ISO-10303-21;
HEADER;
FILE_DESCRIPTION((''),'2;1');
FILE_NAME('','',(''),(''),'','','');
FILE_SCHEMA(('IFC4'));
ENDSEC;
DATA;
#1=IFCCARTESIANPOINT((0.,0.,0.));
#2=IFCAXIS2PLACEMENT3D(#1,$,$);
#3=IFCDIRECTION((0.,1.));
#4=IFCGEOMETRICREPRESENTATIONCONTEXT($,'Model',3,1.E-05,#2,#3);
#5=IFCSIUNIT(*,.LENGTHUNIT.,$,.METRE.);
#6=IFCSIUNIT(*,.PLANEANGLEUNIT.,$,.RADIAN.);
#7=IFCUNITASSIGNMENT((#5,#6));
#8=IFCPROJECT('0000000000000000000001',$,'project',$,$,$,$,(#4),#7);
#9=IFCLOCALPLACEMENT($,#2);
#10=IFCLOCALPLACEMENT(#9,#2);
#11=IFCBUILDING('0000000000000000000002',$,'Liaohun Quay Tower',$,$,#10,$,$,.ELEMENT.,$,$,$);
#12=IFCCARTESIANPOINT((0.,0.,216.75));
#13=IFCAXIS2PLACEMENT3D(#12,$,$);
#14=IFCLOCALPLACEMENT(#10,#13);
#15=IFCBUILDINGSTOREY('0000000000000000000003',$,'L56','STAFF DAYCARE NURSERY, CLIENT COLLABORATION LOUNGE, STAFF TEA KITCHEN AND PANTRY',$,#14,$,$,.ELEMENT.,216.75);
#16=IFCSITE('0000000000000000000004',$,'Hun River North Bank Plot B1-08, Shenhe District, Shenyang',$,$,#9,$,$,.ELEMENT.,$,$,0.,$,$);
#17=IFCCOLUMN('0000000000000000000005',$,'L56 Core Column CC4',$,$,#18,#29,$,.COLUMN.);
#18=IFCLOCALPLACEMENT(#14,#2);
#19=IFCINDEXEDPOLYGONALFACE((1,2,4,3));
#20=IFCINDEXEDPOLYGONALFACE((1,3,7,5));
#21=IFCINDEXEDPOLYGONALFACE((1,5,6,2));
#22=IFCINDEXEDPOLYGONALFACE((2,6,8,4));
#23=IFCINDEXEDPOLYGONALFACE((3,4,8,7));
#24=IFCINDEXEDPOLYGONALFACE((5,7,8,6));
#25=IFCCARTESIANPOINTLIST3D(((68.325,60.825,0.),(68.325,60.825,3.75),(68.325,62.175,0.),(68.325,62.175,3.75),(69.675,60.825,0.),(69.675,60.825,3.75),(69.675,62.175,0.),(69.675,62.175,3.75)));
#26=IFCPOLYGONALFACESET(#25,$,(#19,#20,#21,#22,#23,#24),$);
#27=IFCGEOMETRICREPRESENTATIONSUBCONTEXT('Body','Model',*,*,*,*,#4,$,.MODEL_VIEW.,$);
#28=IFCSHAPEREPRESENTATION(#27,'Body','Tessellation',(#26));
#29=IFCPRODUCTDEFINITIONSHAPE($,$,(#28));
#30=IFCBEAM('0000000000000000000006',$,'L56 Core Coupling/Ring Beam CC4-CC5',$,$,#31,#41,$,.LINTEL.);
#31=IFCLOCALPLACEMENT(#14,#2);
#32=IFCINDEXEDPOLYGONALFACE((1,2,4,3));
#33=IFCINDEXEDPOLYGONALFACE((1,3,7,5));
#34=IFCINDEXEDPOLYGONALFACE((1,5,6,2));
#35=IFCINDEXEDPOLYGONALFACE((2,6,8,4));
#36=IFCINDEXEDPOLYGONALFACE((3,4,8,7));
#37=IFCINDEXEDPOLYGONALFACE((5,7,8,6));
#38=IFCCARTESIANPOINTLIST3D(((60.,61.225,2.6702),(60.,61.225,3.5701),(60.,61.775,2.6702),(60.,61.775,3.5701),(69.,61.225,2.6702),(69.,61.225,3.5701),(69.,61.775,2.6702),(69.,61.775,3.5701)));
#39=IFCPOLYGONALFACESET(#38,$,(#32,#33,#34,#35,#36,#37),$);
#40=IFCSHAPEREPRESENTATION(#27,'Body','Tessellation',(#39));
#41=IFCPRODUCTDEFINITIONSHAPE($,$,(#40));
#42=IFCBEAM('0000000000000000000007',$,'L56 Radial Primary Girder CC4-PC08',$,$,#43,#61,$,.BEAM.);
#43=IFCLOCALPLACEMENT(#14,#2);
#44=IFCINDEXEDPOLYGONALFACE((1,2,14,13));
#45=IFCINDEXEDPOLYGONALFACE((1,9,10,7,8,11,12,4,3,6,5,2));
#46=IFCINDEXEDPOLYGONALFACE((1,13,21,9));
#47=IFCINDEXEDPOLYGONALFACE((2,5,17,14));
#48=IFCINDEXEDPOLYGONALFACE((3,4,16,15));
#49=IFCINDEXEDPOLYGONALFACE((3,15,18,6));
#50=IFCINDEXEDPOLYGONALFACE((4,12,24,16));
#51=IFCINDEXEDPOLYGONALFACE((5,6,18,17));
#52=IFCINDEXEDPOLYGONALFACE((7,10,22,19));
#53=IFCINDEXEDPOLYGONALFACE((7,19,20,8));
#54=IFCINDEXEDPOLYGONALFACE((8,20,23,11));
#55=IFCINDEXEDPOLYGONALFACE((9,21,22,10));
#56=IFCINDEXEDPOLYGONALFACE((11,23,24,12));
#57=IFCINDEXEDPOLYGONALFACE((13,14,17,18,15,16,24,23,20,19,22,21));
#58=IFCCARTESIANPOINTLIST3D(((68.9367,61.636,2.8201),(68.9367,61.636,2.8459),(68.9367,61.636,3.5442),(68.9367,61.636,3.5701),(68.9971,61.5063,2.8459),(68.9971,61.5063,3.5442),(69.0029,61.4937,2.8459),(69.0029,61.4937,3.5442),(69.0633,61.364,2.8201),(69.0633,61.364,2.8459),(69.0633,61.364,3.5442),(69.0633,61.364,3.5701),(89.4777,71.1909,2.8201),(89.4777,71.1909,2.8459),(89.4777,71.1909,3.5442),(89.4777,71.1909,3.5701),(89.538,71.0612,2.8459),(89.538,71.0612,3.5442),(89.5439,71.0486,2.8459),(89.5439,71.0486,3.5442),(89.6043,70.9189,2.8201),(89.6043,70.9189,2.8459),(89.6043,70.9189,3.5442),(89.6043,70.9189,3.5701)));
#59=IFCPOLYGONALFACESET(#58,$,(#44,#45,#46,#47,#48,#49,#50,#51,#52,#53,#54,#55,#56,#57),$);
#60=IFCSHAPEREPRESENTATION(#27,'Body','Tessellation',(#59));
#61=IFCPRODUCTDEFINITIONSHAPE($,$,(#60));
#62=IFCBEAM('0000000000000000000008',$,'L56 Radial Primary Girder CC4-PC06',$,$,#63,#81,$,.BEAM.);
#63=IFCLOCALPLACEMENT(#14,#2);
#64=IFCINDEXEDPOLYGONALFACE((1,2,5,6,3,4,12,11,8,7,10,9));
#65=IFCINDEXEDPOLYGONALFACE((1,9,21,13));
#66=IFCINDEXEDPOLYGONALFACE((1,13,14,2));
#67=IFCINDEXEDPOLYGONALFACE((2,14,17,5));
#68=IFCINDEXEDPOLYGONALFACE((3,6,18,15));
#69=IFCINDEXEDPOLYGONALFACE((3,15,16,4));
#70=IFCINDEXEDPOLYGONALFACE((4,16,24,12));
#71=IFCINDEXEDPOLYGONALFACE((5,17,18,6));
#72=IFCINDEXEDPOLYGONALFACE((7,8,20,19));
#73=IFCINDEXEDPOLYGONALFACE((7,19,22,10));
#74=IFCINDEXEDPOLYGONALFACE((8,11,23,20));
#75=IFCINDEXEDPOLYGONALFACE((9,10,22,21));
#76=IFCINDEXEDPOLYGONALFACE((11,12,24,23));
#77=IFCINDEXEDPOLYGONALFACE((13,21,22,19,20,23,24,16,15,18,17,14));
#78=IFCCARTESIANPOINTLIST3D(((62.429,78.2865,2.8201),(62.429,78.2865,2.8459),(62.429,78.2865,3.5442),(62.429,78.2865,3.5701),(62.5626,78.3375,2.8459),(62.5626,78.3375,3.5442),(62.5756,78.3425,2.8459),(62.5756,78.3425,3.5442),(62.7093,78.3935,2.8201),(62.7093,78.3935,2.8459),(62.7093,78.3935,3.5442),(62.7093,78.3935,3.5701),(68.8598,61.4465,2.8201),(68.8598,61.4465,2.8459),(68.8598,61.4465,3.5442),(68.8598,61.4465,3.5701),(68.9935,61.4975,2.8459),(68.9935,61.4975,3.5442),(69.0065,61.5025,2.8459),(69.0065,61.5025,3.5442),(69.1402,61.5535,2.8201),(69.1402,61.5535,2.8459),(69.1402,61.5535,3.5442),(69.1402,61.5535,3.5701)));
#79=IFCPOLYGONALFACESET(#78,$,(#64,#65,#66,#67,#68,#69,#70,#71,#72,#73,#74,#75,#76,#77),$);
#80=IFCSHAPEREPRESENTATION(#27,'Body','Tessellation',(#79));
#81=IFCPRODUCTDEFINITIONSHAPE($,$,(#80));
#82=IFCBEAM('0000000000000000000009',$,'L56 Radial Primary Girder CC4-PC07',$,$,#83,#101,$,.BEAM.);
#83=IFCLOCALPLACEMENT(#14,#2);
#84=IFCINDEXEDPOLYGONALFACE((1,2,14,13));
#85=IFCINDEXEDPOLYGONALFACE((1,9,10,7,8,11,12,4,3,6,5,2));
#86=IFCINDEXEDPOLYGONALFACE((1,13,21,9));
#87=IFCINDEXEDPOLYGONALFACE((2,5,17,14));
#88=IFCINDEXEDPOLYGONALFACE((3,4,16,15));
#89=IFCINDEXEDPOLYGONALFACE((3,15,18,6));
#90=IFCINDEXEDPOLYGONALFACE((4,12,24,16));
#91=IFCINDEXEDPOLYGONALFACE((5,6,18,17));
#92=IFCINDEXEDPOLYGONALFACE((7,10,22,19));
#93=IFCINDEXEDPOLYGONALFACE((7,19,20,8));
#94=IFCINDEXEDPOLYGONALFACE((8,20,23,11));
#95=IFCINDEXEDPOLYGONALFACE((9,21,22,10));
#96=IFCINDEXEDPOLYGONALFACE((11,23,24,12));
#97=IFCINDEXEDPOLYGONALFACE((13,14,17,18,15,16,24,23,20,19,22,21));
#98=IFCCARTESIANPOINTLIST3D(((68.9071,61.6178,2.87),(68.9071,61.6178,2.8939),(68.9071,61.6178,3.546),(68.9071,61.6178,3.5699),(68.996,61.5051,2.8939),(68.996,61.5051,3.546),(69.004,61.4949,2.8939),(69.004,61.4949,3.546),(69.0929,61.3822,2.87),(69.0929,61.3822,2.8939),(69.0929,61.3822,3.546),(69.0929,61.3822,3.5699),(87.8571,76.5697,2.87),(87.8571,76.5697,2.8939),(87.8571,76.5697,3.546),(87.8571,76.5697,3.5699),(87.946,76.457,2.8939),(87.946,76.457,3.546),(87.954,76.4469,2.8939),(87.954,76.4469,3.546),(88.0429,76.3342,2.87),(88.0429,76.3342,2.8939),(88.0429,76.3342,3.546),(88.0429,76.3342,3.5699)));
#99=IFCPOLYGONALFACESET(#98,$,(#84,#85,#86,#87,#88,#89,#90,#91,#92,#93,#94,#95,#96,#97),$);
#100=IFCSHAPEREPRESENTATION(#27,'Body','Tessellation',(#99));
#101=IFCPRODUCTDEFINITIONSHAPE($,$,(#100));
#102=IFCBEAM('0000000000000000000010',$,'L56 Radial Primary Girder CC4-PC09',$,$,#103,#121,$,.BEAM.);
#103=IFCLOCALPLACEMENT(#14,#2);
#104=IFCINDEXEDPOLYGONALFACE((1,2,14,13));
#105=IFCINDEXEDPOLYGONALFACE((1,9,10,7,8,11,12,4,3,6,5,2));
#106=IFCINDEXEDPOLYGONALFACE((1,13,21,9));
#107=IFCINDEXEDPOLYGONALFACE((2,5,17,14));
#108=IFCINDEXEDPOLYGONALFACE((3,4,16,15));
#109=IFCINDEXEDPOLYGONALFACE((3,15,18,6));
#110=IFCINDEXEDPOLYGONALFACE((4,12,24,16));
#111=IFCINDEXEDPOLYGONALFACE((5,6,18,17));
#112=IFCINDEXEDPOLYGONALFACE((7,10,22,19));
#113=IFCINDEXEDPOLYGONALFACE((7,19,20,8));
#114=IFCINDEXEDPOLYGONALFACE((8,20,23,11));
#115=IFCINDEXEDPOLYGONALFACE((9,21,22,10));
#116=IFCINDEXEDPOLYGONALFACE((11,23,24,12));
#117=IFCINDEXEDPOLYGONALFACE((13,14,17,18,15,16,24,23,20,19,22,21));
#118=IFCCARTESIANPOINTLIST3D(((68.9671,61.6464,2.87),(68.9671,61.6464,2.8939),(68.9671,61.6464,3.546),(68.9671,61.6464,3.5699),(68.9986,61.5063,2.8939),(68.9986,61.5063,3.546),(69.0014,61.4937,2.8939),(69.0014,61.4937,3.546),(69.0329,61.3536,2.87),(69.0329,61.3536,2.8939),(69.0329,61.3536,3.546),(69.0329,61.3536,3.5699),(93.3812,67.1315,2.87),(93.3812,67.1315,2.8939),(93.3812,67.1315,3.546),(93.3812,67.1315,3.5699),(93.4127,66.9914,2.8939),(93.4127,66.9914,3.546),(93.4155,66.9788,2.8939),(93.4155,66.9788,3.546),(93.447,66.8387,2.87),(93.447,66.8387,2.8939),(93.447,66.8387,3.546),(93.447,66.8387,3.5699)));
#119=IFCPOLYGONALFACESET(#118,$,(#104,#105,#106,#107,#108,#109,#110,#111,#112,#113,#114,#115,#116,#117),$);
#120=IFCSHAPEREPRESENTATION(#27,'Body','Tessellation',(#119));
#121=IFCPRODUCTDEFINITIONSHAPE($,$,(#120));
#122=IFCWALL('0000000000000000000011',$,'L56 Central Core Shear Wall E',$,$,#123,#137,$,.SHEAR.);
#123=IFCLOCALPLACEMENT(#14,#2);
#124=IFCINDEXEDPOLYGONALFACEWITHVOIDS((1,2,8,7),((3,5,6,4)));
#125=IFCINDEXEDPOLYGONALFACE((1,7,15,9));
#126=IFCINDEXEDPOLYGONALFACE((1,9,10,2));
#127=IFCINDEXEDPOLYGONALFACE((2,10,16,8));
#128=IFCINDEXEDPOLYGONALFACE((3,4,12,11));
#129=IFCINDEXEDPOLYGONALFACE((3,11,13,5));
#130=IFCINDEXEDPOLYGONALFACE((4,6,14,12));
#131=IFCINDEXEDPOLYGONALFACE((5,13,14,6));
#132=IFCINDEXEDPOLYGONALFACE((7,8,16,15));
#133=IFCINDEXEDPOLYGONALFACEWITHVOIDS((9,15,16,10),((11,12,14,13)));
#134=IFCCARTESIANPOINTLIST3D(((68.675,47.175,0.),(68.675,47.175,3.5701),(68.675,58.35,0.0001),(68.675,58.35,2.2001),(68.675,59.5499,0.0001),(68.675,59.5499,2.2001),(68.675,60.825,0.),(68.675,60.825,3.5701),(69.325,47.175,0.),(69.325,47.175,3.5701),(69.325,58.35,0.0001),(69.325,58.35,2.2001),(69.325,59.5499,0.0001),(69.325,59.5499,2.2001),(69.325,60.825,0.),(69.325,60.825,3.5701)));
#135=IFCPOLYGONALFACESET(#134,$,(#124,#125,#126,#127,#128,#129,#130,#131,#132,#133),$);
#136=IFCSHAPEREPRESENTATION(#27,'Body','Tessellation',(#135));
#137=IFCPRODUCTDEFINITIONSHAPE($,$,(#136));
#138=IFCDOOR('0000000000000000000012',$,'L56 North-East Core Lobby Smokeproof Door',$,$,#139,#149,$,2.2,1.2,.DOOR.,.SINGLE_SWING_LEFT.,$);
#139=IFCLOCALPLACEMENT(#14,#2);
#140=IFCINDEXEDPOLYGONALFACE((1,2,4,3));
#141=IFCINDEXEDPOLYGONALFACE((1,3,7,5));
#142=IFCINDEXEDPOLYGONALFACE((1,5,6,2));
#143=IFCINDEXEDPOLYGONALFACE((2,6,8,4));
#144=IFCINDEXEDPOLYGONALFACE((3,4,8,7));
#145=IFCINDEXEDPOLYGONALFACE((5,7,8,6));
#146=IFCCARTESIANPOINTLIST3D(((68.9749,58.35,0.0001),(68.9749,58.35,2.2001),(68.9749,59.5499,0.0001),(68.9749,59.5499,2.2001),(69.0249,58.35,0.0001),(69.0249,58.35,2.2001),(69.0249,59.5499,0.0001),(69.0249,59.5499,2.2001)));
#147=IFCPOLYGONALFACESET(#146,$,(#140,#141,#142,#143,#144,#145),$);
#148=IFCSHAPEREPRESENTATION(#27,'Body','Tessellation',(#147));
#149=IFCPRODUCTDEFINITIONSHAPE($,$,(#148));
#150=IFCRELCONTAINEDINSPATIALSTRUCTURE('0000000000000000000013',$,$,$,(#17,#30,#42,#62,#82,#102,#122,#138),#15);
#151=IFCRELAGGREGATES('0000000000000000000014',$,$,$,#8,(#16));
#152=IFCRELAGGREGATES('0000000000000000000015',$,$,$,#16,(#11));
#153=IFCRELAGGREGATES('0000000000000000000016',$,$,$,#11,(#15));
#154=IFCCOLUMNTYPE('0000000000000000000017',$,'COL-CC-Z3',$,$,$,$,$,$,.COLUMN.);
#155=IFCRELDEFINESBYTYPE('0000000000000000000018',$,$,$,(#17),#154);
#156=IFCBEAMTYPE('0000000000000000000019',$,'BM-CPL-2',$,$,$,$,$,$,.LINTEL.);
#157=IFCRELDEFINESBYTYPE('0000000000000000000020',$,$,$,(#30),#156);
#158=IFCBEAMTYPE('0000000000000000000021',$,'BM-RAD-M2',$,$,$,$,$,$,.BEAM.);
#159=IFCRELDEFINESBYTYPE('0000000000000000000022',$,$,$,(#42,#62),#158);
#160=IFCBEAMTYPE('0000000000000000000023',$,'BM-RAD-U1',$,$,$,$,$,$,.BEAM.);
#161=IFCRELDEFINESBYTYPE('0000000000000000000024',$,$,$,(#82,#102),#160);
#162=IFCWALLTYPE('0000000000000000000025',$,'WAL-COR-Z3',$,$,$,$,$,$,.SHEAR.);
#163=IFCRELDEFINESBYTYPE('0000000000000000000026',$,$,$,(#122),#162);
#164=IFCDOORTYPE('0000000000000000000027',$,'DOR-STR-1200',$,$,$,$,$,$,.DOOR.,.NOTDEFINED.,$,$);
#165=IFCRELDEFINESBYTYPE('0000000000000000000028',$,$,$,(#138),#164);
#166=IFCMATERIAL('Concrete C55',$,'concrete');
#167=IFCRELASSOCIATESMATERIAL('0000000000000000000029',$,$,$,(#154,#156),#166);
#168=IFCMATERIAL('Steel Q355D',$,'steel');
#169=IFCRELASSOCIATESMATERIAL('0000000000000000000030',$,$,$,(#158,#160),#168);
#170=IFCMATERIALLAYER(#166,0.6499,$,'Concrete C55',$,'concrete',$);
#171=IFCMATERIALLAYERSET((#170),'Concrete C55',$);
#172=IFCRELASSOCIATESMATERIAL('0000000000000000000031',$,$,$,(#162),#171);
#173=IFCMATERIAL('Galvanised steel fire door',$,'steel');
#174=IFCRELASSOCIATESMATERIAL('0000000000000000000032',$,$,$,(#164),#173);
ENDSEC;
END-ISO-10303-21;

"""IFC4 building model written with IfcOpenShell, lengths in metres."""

from ifc_helpers import new_model, si_unit, direction, frame, frame_2d, origin, origin_2d, place, context, subcontext, project, spatial, rectangle, i_section, extrude, source, transform, mapped, material, layer, layer_set, material_profile, profile_set, type_object, element, fill, save


model = new_model("IFC4")

# Units and contexts
model_context = context("Model", 3, precision=1e-05, world=origin(), true_north=direction((0.0, 1.0)))
body_context = subcontext(model_context, "Body", "Model", "MODEL_VIEW")
ifc_project = project(units=[si_unit("LENGTHUNIT", "METRE"), si_unit("PLANEANGLEUNIT", "RADIAN")], contexts=[model_context])

# Site, building, storey
site_placement = place(None, origin())
site = spatial("IfcSite", under=ifc_project, at=site_placement, Name="Hun River North Bank Plot B1-08, Shenhe District, Shenyang", CompositionType="ELEMENT", RefElevation=0.0)
building_placement = place(site_placement, origin())
building = spatial("IfcBuilding", under=site, at=building_placement, Name="Liaohun Quay Tower", CompositionType="ELEMENT")
storey_placement = place(building_placement, frame((0.0, 0.0, 216.75)))
storey = spatial("IfcBuildingStorey", under=building, at=storey_placement, Name="L56", Description="STAFF DAYCARE NURSERY, CLIENT COLLABORATION LOUNGE, STAFF TEA KITCHEN AND PANTRY", CompositionType="ELEMENT", Elevation=216.75)

# Column
ifc_material_1 = material(Name="Concrete C55", Category="concrete")
ifc_material_profile_1 = material_profile(ifc_material_1, rectangle(XDim=1.3501, YDim=1.3501, at=origin_2d()), Name="RC1350x1350")
ifc_profile_set_1 = profile_set([ifc_material_profile_1], Name="Concrete C55")
column_type = type_object("IfcColumnType", Name="COL-CC-Z3", PredefinedType="COLUMN", material=ifc_profile_set_1)
shared_shape_1 = source(origin(), body_context, "Body", "SweptSolid", [
    extrude(rectangle(XDim=1.3501, YDim=1.3501, at=origin_2d()), origin(), (0.0, 0.0, 1.0), 3.75),
])
column_placement = place(storey_placement, frame((69.0, 61.5, 0.0), z_axis=(0.0, 0.0, 1.0), x_axis=(1.0, 0.0, 0.0)))
element("IfcColumn", 1, at=column_placement, inside=storey, type_object=column_type, Name="L56 Core Column CC4", PredefinedType="COLUMN", context=body_context, shape_type="MappedRepresentation", body=[
    mapped(shared_shape_1, transform((0.0, 0.0, 0.0), x_axis=(1.0, 0.0, 0.0), y_axis=(0.0, 1.0, 0.0), z_axis=(0.0, 0.0, 1.0), scale=1.0)),
])

# Beams
ifc_material_profile_2 = material_profile(ifc_material_1, rectangle(XDim=0.55, YDim=0.8999, at=origin_2d()), Name="RC550x900")
ifc_profile_set_2 = profile_set([ifc_material_profile_2], Name="Concrete C55")
beam_type_1 = type_object("IfcBeamType", Name="BM-CPL-2", PredefinedType="LINTEL", material=ifc_profile_set_2)
shared_shape_2 = source(origin(), body_context, "Body", "SweptSolid", [
    extrude(rectangle(XDim=0.55, YDim=0.8999, at=origin_2d()), origin(), (0.0, 0.0, 1.0), 9.0),
])
beam_1_placement = place(storey_placement, frame((69.0, 61.5, 3.1201), z_axis=(-1.0, 0.0, 0.0), x_axis=(0.0, -1.0, 0.0)))
element("IfcBeam", 2, at=beam_1_placement, inside=storey, type_object=beam_type_1, Name="L56 Core Coupling/Ring Beam CC4-CC5", PredefinedType="LINTEL", context=body_context, shape_type="MappedRepresentation", body=[
    mapped(shared_shape_2, transform((0.0, 0.0, 0.0), x_axis=(1.0, 0.0, 0.0), y_axis=(0.0, 1.0, 0.0), z_axis=(0.0, 0.0, 1.0), scale=1.0)),
])
ifc_material_2 = material(Name="Steel Q355D", Category="steel")
ifc_material_profile_3 = material_profile(ifc_material_2, i_section(OverallWidth=0.3, OverallDepth=0.75, WebThickness=0.0139, FlangeThickness=0.0259, at=origin_2d()), Name="HN750x300x14x26")
ifc_profile_set_3 = profile_set([ifc_material_profile_3], Name="Steel Q355D")
beam_type_2 = type_object("IfcBeamType", Name="BM-RAD-M2", PredefinedType="BEAM", material=ifc_profile_set_3)
shared_shape_3 = source(origin(), body_context, "Body", "SweptSolid", [
    extrude(i_section(OverallWidth=0.3, OverallDepth=0.75, WebThickness=0.0139, FlangeThickness=0.0259, at=origin_2d()), origin(), (0.0, 0.0, 1.0), 22.6545),
])
beam_2_placement = place(storey_placement, frame((69.0, 61.5, 3.1951), z_axis=(0.906705, 0.421766, 0.0), x_axis=(-0.421766, 0.906705, 0.0)))
element("IfcBeam", 3, at=beam_2_placement, inside=storey, type_object=beam_type_2, Name="L56 Radial Primary Girder CC4-PC08", PredefinedType="BEAM", context=body_context, shape_type="MappedRepresentation", body=[
    mapped(shared_shape_3, transform((0.0, 0.0, 0.0), x_axis=(1.0, 0.0, 0.0), y_axis=(0.0, 1.0, 0.0), z_axis=(0.0, 0.0, 1.0), scale=1.0)),
])
shared_shape_4 = source(origin(), body_context, "Body", "SweptSolid", [
    extrude(i_section(OverallWidth=0.3, OverallDepth=0.75, WebThickness=0.0139, FlangeThickness=0.0259, at=origin_2d()), origin(), (0.0, 0.0, 1.0), 18.0261),
])
beam_3_placement = place(storey_placement, frame((69.0, 61.5, 3.1951), z_axis=(-0.356753, 0.934199, 0.0), x_axis=(-0.934199, -0.356753, 0.0)))
element("IfcBeam", 4, at=beam_3_placement, inside=storey, type_object=beam_type_2, Name="L56 Radial Primary Girder CC4-PC06", PredefinedType="BEAM", context=body_context, shape_type="MappedRepresentation", body=[
    mapped(shared_shape_4, transform((0.0, 0.0, 0.0), x_axis=(1.0, 0.0, 0.0), y_axis=(0.0, 1.0, 0.0), z_axis=(0.0, 0.0, 1.0), scale=1.0)),
])
ifc_material_profile_4 = material_profile(ifc_material_2, i_section(OverallWidth=0.3, OverallDepth=0.7, WebThickness=0.0129, FlangeThickness=0.0239, at=origin_2d()), Name="HN700x300x13x24")
ifc_profile_set_4 = profile_set([ifc_material_profile_4], Name="Steel Q355D")
beam_type_3 = type_object("IfcBeamType", Name="BM-RAD-U1", PredefinedType="BEAM", material=ifc_profile_set_4)
shared_shape_5 = source(origin(), body_context, "Body", "SweptSolid", [
    extrude(i_section(OverallWidth=0.3, OverallDepth=0.7, WebThickness=0.0129, FlangeThickness=0.0239, at=origin_2d()), origin(), (0.0, 0.0, 1.0), 24.1384),
])
beam_4_placement = place(storey_placement, frame((69.0, 61.5, 3.22), z_axis=(0.785056, 0.619425, 0.0), x_axis=(-0.619425, 0.785056, 0.0)))
element("IfcBeam", 5, at=beam_4_placement, inside=storey, type_object=beam_type_3, Name="L56 Radial Primary Girder CC4-PC07", PredefinedType="BEAM", context=body_context, shape_type="MappedRepresentation", body=[
    mapped(shared_shape_5, transform((0.0, 0.0, 0.0), x_axis=(1.0, 0.0, 0.0), y_axis=(0.0, 1.0, 0.0), z_axis=(0.0, 0.0, 1.0), scale=1.0)),
])
shared_shape_6 = source(origin(), body_context, "Body", "SweptSolid", [
    extrude(i_section(OverallWidth=0.3, OverallDepth=0.7, WebThickness=0.0129, FlangeThickness=0.0239, at=origin_2d()), origin(), (0.0, 0.0, 1.0), 25.0227),
])
beam_5_placement = place(storey_placement, frame((69.0, 61.5, 3.22), z_axis=(0.975679, 0.219206, 0.0), x_axis=(-0.219206, 0.975679, 0.0)))
element("IfcBeam", 6, at=beam_5_placement, inside=storey, type_object=beam_type_3, Name="L56 Radial Primary Girder CC4-PC09", PredefinedType="BEAM", context=body_context, shape_type="MappedRepresentation", body=[
    mapped(shared_shape_6, transform((0.0, 0.0, 0.0), x_axis=(1.0, 0.0, 0.0), y_axis=(0.0, 1.0, 0.0), z_axis=(0.0, 0.0, 1.0), scale=1.0)),
])

# Wall, opening, door
ifc_layer_1 = layer(ifc_material_1, 0.6499, Name="Concrete C55", Category="concrete")
ifc_layer_set_1 = layer_set([ifc_layer_1], Name="Concrete C55")
wall_type_1 = type_object("IfcWallType", Name="WAL-COR-Z3", PredefinedType="SHEAR", material=ifc_layer_set_1)
wall_1_placement = place(storey_placement, frame((69.0, 60.825, 0.0), z_axis=(0.0, 0.0, 1.0), x_axis=(0.0, -1.0, 0.0)))
wall_1 = element("IfcWall", 7, at=wall_1_placement, inside=storey, type_object=wall_type_1, Name="L56 Central Core Shear Wall E", PredefinedType="SHEAR", context=body_context, shape_type="SweptSolid", body=[
    extrude(rectangle(XDim=13.6499, YDim=0.6499, at=frame_2d((6.825, 0.0))), origin(), (0.0, 0.0, 1.0), 3.5701),
])
shared_shape_7 = source(origin(), body_context, "Body", "SweptSolid", [
    extrude(rectangle(XDim=1.2, YDim=2.2, at=frame_2d((0.6001, 1.1001))), frame((0.0, 0.335, 0.0), z_axis=(0.0, -1.0, 0.0), x_axis=(1.0, 0.0, 0.0)), (0.0, 0.0, 1.0), 0.6699),
])
opening_1_placement = place(wall_1_placement, frame((1.2749, 0.0, 0.0)))
opening_1 = element("IfcOpeningElement", 8, at=opening_1_placement, cuts=wall_1, PredefinedType="OPENING", context=body_context, shape_type="MappedRepresentation", body=[
    mapped(shared_shape_7, transform((0.0, 0.0, 0.0), x_axis=(1.0, 0.0, 0.0), y_axis=(0.0, 1.0, 0.0), z_axis=(0.0, 0.0, 1.0), scale=1.0)),
])
ifc_material_3 = material(Name="Galvanised steel fire door", Category="steel")
door_type_1 = type_object("IfcDoorType", Name="DOR-STR-1200", OperationType="NOTDEFINED", PredefinedType="DOOR", material=ifc_material_3)
shared_shape_8 = source(origin(), body_context, "Body", "SweptSolid", [
    extrude(rectangle(XDim=1.2, YDim=2.2, at=frame_2d((0.6001, 1.1001))), frame((0.0, 0.0249, 0.0), z_axis=(0.0, -1.0, 0.0), x_axis=(1.0, 0.0, 0.0)), (0.0, 0.0, 1.0), 0.05),
])
door_1_placement = place(opening_1_placement, origin())
door_1 = element("IfcDoor", 9, at=door_1_placement, inside=storey, type_object=door_type_1, Name="L56 North-East Core Lobby Smokeproof Door", OperationType="SINGLE_SWING_LEFT", OverallHeight=2.2, OverallWidth=1.2, PredefinedType="DOOR", context=body_context, shape_type="MappedRepresentation", body=[
    mapped(shared_shape_8, transform((0.0, 0.0, 0.0), x_axis=(1.0, 0.0, 0.0), y_axis=(0.0, 1.0, 0.0), z_axis=(0.0, 0.0, 1.0), scale=1.0)),
])
fill(opening_1, door_1)

save(model, "model.ifc")
